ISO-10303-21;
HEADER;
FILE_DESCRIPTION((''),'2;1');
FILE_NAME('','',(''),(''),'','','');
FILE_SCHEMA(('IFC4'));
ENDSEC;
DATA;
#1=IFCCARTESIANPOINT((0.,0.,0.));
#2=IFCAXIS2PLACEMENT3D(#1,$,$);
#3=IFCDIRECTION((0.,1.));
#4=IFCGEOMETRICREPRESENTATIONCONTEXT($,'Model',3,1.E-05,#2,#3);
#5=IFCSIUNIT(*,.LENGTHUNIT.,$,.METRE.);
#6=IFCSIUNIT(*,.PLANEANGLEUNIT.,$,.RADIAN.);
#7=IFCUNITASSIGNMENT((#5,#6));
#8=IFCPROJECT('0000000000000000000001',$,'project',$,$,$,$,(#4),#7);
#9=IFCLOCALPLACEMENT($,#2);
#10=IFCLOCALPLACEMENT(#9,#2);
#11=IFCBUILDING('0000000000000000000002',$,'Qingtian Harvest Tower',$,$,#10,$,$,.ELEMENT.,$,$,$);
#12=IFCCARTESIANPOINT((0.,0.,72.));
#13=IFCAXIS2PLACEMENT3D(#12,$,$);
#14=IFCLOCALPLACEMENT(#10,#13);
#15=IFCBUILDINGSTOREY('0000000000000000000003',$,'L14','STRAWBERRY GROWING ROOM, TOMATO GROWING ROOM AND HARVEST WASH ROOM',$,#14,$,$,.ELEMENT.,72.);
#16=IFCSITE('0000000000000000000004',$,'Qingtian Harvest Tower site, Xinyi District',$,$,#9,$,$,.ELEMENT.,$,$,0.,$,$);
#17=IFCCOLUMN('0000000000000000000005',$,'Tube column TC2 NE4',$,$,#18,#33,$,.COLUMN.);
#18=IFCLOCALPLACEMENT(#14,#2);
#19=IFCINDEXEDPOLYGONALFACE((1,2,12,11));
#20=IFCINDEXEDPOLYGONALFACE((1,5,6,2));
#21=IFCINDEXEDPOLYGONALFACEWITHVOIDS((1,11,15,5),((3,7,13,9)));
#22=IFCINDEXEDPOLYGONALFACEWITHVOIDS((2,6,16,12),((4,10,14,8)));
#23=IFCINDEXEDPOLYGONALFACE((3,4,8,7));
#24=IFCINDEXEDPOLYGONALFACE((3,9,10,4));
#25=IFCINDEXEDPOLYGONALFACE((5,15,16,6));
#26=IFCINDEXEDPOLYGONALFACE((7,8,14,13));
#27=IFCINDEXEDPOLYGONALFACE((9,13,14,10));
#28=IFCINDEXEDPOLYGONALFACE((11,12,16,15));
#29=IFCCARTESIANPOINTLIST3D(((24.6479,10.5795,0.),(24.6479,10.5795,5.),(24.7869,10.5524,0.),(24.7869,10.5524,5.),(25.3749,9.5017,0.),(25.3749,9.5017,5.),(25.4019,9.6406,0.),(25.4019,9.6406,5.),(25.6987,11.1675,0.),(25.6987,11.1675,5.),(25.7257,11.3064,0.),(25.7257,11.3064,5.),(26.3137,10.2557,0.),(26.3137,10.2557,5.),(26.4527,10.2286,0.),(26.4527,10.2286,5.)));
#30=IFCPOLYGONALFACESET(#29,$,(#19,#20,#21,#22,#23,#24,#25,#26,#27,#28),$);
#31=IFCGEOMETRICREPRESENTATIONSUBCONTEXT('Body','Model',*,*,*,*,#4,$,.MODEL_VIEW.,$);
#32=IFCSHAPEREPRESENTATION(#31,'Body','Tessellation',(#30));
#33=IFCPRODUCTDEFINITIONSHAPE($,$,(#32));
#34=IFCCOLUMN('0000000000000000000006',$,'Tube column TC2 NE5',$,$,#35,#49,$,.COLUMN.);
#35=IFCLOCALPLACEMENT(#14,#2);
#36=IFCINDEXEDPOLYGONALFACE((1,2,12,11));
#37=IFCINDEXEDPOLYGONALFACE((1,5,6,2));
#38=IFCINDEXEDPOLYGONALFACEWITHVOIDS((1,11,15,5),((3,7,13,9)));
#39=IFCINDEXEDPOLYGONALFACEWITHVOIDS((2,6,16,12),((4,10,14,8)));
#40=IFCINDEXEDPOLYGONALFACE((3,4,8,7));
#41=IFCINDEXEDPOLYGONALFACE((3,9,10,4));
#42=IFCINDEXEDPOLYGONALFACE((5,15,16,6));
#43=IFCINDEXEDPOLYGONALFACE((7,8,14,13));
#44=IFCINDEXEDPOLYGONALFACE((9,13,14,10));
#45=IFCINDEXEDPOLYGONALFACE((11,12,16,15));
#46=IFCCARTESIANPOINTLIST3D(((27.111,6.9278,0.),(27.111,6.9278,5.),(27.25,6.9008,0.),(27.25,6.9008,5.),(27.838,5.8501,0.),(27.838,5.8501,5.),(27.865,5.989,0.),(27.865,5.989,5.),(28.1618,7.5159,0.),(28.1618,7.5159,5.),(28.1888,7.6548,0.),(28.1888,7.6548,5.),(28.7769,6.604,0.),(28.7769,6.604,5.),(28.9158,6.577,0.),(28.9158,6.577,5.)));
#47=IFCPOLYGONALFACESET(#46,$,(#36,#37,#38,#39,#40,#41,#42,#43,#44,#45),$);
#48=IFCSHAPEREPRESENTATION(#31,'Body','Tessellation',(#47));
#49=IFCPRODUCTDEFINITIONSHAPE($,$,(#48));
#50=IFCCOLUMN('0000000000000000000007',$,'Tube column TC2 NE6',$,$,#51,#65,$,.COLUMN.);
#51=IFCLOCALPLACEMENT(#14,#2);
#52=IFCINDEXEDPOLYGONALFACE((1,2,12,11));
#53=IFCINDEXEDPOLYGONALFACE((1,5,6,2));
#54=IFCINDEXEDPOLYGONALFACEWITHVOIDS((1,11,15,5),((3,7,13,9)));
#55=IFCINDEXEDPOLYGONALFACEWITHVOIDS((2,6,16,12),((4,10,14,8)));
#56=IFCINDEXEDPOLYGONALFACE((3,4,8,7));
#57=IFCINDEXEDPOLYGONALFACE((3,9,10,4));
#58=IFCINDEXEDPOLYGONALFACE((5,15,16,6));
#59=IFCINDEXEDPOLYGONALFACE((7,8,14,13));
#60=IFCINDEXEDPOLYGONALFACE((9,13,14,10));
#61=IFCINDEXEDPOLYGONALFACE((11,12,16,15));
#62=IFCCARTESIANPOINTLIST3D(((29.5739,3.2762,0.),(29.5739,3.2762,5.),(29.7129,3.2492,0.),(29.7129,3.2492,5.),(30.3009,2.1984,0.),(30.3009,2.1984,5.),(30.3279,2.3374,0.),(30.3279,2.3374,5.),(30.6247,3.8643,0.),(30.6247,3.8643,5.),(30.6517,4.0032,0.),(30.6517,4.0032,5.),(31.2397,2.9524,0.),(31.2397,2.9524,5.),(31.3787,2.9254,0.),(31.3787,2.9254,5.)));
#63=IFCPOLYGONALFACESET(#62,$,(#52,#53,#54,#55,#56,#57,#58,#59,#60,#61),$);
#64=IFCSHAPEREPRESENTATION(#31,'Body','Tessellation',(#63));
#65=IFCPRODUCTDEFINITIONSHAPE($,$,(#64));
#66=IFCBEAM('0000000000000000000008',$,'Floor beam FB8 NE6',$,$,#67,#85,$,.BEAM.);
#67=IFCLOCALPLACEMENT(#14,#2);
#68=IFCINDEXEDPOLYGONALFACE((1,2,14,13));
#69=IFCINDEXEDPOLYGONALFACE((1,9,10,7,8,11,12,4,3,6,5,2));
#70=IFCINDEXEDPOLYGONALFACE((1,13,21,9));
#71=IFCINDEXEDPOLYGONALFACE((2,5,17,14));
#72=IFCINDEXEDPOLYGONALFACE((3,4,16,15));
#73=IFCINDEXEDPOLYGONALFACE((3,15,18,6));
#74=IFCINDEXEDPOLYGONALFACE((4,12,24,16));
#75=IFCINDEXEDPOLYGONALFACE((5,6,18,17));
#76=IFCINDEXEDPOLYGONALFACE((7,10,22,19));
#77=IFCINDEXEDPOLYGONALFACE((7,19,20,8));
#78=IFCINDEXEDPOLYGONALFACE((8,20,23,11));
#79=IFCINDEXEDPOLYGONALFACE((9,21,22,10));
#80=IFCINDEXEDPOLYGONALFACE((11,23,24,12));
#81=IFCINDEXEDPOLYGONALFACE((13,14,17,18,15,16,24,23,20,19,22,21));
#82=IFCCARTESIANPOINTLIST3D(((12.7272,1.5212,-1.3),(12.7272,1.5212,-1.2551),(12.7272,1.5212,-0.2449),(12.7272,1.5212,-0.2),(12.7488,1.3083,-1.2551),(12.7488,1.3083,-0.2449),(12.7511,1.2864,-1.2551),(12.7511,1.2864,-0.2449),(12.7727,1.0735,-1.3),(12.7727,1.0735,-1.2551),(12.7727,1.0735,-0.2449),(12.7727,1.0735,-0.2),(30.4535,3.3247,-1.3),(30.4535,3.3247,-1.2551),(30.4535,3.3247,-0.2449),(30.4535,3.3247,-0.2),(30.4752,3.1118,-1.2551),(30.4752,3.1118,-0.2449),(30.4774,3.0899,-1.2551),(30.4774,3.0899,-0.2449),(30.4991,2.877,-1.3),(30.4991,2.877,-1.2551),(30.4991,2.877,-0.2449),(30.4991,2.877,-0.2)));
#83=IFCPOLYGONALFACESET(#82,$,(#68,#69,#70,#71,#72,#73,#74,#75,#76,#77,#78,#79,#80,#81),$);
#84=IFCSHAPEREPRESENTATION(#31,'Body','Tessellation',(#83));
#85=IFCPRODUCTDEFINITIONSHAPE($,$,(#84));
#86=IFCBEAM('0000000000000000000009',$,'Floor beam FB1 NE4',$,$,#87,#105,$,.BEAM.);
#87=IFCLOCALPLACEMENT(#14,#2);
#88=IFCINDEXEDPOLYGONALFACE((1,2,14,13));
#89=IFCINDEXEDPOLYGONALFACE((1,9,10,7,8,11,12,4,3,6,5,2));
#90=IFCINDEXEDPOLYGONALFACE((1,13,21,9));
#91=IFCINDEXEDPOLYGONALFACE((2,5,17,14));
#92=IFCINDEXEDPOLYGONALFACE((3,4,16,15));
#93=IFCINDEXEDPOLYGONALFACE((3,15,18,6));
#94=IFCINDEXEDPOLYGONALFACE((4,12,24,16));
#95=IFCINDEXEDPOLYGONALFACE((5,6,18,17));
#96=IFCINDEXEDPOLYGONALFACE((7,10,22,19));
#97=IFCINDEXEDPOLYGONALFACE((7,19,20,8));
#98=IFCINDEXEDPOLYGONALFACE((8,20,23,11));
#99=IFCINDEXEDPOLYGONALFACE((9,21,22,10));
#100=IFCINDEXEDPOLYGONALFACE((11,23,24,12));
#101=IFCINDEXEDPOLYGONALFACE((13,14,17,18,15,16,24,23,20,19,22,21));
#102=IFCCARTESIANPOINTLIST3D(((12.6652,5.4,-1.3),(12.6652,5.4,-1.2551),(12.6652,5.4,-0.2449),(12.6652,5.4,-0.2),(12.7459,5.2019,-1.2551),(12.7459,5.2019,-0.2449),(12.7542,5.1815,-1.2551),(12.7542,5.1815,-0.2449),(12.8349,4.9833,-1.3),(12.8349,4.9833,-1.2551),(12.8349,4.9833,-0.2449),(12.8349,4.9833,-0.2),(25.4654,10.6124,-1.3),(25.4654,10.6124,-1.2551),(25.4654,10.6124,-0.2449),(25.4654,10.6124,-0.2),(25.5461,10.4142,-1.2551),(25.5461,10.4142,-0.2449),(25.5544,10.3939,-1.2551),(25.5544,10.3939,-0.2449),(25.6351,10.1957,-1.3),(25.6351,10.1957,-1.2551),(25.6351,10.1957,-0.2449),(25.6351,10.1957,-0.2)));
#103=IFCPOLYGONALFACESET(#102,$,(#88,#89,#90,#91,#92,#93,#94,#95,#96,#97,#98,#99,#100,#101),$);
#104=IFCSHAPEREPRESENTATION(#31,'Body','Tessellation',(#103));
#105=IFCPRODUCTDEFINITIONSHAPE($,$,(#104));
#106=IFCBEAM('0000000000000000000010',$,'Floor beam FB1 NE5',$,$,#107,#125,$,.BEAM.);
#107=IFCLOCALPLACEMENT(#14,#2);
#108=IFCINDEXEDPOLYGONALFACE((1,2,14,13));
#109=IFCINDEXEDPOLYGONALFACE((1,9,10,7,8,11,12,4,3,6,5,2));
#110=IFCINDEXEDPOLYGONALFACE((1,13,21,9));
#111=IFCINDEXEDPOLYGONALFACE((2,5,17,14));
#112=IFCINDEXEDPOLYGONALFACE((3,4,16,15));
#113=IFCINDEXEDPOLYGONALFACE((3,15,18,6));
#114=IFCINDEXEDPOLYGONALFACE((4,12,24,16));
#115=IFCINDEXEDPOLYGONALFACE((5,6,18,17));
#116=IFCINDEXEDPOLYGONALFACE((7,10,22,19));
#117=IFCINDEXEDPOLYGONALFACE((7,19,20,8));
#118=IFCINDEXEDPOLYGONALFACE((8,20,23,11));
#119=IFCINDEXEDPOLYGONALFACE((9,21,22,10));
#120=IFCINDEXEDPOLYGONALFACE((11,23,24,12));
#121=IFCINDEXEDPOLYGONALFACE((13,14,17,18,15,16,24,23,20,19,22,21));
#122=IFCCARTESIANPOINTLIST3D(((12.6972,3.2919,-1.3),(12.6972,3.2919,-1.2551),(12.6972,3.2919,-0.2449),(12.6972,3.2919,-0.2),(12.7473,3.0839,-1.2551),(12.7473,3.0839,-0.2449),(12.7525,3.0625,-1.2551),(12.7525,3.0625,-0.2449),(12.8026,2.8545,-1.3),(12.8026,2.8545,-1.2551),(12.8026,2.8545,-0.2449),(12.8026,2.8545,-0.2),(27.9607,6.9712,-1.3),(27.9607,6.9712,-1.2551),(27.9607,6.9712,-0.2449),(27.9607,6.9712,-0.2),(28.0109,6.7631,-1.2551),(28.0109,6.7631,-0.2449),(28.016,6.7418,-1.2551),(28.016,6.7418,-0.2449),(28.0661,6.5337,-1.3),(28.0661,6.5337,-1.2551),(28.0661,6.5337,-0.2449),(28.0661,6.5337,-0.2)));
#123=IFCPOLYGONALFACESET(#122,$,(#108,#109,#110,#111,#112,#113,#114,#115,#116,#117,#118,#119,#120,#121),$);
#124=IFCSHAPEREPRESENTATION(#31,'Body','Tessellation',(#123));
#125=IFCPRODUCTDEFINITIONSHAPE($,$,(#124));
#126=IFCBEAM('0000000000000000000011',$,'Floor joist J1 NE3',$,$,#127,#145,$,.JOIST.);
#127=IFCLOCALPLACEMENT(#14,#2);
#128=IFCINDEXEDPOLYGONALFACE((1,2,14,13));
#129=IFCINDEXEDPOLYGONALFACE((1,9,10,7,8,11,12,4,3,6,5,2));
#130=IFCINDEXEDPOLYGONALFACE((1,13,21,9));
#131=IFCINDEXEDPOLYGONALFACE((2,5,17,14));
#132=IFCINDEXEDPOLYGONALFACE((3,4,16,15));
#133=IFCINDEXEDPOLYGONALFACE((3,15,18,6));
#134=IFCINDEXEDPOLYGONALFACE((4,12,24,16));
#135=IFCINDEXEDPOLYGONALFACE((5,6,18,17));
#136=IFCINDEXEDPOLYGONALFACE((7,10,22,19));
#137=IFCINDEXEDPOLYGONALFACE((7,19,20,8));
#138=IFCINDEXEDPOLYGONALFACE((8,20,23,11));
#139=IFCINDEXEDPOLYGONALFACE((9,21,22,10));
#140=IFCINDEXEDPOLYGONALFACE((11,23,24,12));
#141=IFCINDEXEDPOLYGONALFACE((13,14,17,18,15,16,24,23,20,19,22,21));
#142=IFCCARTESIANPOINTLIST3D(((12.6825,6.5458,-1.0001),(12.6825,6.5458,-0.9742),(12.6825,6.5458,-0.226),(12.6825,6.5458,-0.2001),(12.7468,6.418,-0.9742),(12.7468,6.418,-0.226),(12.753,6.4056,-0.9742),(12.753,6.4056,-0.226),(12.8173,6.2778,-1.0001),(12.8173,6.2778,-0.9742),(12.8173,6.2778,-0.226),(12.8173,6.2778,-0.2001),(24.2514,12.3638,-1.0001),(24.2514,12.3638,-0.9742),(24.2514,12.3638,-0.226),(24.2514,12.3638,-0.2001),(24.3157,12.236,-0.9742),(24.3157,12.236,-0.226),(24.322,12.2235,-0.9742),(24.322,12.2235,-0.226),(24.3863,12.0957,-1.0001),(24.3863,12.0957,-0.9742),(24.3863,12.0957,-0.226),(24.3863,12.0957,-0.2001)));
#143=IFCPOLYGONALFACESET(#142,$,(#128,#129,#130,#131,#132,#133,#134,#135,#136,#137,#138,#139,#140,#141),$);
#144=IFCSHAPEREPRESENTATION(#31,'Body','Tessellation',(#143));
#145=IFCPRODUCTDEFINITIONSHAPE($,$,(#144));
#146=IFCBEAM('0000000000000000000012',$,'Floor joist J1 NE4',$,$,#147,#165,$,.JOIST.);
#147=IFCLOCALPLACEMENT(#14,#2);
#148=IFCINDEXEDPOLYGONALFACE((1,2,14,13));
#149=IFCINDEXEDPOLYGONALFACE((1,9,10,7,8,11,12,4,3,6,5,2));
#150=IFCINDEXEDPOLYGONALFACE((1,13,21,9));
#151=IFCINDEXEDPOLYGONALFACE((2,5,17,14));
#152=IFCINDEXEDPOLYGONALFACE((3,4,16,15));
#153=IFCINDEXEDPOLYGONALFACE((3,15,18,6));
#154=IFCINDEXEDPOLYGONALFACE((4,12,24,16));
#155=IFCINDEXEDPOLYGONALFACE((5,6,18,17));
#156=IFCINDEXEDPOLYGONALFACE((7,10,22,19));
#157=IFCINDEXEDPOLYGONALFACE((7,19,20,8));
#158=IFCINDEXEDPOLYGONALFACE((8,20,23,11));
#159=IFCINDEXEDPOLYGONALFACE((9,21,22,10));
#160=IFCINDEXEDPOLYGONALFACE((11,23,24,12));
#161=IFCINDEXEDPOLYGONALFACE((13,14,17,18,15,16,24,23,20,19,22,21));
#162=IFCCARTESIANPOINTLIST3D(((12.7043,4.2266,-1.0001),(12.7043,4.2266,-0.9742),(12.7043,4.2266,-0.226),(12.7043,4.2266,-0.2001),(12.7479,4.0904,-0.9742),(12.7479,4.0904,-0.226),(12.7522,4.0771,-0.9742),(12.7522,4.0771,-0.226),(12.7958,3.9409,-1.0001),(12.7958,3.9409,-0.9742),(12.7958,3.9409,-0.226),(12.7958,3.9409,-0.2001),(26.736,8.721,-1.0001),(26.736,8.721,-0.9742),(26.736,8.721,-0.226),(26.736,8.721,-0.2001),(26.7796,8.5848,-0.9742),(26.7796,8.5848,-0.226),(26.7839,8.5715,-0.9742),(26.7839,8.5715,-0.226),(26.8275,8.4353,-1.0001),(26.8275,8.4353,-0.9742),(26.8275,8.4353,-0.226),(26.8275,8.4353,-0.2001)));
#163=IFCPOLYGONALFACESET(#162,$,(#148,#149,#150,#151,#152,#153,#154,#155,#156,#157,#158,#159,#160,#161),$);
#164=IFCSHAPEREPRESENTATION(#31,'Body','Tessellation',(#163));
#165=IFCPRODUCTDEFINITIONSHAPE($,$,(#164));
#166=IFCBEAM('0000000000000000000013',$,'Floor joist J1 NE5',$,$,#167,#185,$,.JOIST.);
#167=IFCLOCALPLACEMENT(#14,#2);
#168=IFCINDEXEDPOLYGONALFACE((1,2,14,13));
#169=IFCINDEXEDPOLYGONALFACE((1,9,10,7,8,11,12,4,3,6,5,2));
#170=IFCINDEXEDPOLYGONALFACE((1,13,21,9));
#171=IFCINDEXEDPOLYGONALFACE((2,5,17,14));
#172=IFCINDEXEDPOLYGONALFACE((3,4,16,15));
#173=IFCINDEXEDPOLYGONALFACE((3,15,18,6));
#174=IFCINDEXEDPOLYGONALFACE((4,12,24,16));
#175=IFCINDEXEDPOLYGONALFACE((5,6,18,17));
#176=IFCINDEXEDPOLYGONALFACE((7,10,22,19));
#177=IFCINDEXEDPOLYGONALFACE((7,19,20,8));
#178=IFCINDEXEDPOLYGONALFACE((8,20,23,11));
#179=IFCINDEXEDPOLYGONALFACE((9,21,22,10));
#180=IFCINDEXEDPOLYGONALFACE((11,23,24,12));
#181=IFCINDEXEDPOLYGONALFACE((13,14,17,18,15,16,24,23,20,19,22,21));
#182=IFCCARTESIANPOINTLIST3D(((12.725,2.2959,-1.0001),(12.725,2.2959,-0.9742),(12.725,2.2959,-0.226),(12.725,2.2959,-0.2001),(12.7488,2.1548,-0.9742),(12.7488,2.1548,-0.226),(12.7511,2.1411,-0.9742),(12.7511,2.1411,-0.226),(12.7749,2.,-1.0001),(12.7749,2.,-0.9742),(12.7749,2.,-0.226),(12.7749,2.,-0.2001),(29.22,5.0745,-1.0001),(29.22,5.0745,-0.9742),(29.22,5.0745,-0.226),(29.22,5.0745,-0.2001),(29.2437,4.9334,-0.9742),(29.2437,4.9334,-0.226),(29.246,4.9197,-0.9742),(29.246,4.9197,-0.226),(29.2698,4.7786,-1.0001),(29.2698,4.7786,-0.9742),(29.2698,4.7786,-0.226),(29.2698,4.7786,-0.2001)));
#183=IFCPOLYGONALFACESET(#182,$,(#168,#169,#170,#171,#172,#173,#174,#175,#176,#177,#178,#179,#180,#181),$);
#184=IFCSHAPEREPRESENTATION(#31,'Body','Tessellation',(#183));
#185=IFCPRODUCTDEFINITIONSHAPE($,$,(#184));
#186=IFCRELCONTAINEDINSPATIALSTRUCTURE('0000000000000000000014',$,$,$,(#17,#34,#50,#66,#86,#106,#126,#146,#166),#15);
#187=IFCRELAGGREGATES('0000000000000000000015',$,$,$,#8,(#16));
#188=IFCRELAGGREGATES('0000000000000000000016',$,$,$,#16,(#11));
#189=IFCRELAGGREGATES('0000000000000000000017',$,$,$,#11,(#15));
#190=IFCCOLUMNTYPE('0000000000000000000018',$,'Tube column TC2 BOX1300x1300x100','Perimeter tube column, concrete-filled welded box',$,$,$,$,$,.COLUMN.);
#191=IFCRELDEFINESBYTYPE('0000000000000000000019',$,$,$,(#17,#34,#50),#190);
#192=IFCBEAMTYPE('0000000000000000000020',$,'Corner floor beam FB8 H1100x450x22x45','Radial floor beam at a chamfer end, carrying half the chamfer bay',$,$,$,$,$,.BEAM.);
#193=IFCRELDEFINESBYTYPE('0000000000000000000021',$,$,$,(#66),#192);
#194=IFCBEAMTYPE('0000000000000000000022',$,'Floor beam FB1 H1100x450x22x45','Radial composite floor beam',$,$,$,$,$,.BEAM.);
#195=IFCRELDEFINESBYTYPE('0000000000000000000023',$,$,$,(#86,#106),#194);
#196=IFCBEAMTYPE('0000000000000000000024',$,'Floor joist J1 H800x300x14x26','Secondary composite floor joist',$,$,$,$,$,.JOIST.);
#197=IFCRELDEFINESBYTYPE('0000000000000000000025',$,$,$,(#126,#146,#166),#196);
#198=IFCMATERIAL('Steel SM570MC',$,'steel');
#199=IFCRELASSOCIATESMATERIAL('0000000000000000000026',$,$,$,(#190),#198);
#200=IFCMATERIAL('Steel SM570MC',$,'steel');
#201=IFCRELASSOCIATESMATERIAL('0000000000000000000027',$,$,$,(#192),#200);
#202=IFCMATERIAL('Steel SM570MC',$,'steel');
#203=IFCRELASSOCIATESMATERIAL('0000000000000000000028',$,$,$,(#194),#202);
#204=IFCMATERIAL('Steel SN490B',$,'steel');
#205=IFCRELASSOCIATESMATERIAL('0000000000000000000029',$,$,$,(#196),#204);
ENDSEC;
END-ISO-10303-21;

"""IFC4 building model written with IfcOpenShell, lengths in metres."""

from ifc_helpers import new_model, si_unit, direction, frame, origin, origin_2d, place, context, subcontext, project, spatial, hollow_rectangle, i_section, extrude, material, material_profile, profile_set, type_object, element, save


model = new_model("IFC4")

# Units and contexts
model_context = context("Model", 3, precision=1e-05, world=origin(), true_north=direction((0.0, 1.0)))
body_context = subcontext(model_context, "Body", "Model", "MODEL_VIEW")
ifc_project = project(units=[si_unit("LENGTHUNIT", "METRE"), si_unit("PLANEANGLEUNIT", "RADIAN")], contexts=[model_context])

# Site, building, storey
site_placement = place(None, origin())
site = spatial("IfcSite", under=ifc_project, at=site_placement, Name="Qingtian Harvest Tower site, Xinyi District", CompositionType="ELEMENT", RefElevation=0.0)
building_placement = place(site_placement, origin())
building = spatial("IfcBuilding", under=site, at=building_placement, Name="Qingtian Harvest Tower", CompositionType="ELEMENT")
storey_placement = place(building_placement, frame((0.0, 0.0, 72.0)))
storey = spatial("IfcBuildingStorey", under=building, at=storey_placement, Name="L14", Description="STRAWBERRY GROWING ROOM, TOMATO GROWING ROOM AND HARVEST WASH ROOM", CompositionType="ELEMENT", Elevation=72.0)

# Columns
ifc_material_1 = material(Name="Steel SM570MC", Category="steel")
ifc_material_profile_1 = material_profile(ifc_material_1, hollow_rectangle(XDim=1.3, YDim=1.3, WallThickness=0.1001, at=origin_2d()), Name="BOX1300x1300x100")
ifc_profile_set_1 = profile_set([ifc_material_profile_1], Name="Steel SM570MC")
column_type = type_object("IfcColumnType", Name="Tube column TC2 BOX1300x1300x100", Description="Perimeter tube column, concrete-filled welded box", PredefinedType="COLUMN", material=ifc_profile_set_1)
for number, where, z_axis, x_axis, name in (
    (1, (25.5503, 10.4041, 0.0), (0.0, 0.0, 1.0), (-0.559193, 0.829038, 0.0), "Tube column TC2 NE4"),
    (2, (28.0134, 6.7524, 0.0), (0.0, 0.0, 1.0), (-0.559193, 0.829038, 0.0), "Tube column TC2 NE5"),
    (3, (30.4763, 3.1008, 0.0), (0.0, 0.0, 1.0), (-0.559193, 0.829038, 0.0), "Tube column TC2 NE6"),
):
    element("IfcColumn", number, at=place(storey_placement, frame(where, z_axis=z_axis, x_axis=x_axis)), inside=storey, type_object=column_type, Name=name, PredefinedType="COLUMN", context=body_context, shape_type="SweptSolid", body=[
        extrude(hollow_rectangle(XDim=1.3, YDim=1.3, WallThickness=0.1001, at=origin_2d()), origin(), (0.0, 0.0, 1.0), 5.0),
    ])

# Beams
ifc_material_2 = material(Name="Steel SM570MC", Category="steel")
ifc_material_profile_2 = material_profile(ifc_material_2, i_section(OverallWidth=0.45, OverallDepth=1.1001, WebThickness=0.022, FlangeThickness=0.0449, at=origin_2d()), Name="H1100x450x22x45")
ifc_profile_set_2 = profile_set([ifc_material_profile_2], Name="Steel SM570MC")
beam_type_1 = type_object("IfcBeamType", Name="Corner floor beam FB8 H1100x450x22x45", Description="Radial floor beam at a chamfer end, carrying half the chamfer bay", PredefinedType="BEAM", material=ifc_profile_set_2)
beam_1_placement = place(storey_placement, frame((30.4763, 3.1008, -0.75), z_axis=(-0.994864, -0.101217, 0.0), x_axis=(0.101217, -0.994864, 0.0)))
element("IfcBeam", 4, at=beam_1_placement, inside=storey, type_object=beam_type_1, Name="Floor beam FB8 NE6", PredefinedType="BEAM", context=body_context, shape_type="SweptSolid", body=[
    extrude(i_section(OverallWidth=0.45, OverallDepth=1.1001, WebThickness=0.022, FlangeThickness=0.0449, at=origin_2d()), origin(), (0.0, 0.0, 1.0), 17.8179),
])
ifc_material_3 = material(Name="Steel SM570MC", Category="steel")
ifc_material_profile_3 = material_profile(ifc_material_3, i_section(OverallWidth=0.45, OverallDepth=1.1001, WebThickness=0.022, FlangeThickness=0.0449, at=origin_2d()), Name="H1100x450x22x45")
ifc_profile_set_3 = profile_set([ifc_material_profile_3], Name="Steel SM570MC")
beam_type_2 = type_object("IfcBeamType", Name="Floor beam FB1 H1100x450x22x45", Description="Radial composite floor beam", PredefinedType="BEAM", material=ifc_profile_set_3)
beam_2_placement = place(storey_placement, frame((25.5503, 10.4041, -0.75), z_axis=(-0.926156, -0.37714, 0.0), x_axis=(0.37714, -0.926156, 0.0)))
element("IfcBeam", 5, at=beam_2_placement, inside=storey, type_object=beam_type_2, Name="Floor beam FB1 NE4", PredefinedType="BEAM", context=body_context, shape_type="SweptSolid", body=[
    extrude(i_section(OverallWidth=0.45, OverallDepth=1.1001, WebThickness=0.022, FlangeThickness=0.0449, at=origin_2d()), origin(), (0.0, 0.0, 1.0), 13.8208),
])
beam_3_placement = place(storey_placement, frame((28.0134, 6.7524, -0.75), z_axis=(-0.972156, -0.234335, 0.0), x_axis=(0.234335, -0.972156, 0.0)))
element("IfcBeam", 6, at=beam_3_placement, inside=storey, type_object=beam_type_2, Name="Floor beam FB1 NE5", PredefinedType="BEAM", context=body_context, shape_type="SweptSolid", body=[
    extrude(i_section(OverallWidth=0.45, OverallDepth=1.1001, WebThickness=0.022, FlangeThickness=0.0449, at=origin_2d()), origin(), (0.0, 0.0, 1.0), 15.7007),
])
ifc_material_4 = material(Name="Steel SN490B", Category="steel")
ifc_material_profile_4 = material_profile(ifc_material_4, i_section(OverallWidth=0.3, OverallDepth=0.8, WebThickness=0.0139, FlangeThickness=0.0259, at=origin_2d()), Name="H800x300x14x26")
ifc_profile_set_4 = profile_set([ifc_material_profile_4], Name="Steel SN490B")
beam_type_3 = type_object("IfcBeamType", Name="Floor joist J1 H800x300x14x26", Description="Secondary composite floor joist", PredefinedType="JOIST", material=ifc_profile_set_4)
beam_4_placement = place(storey_placement, frame((24.3188, 12.2297, -0.6001), z_axis=(-0.893392, -0.449279, 0.0), x_axis=(0.449279, -0.893392, 0.0)))
element("IfcBeam", 7, at=beam_4_placement, inside=storey, type_object=beam_type_3, Name="Floor joist J1 NE3", PredefinedType="JOIST", context=body_context, shape_type="SweptSolid", body=[
    extrude(i_section(OverallWidth=0.3, OverallDepth=0.8, WebThickness=0.0139, FlangeThickness=0.0259, at=origin_2d()), origin(), (0.0, 0.0, 1.0), 12.9495),
])
beam_5_placement = place(storey_placement, frame((26.7817, 8.5781, -0.6001), z_axis=(-0.952341, -0.305036, 0.0), x_axis=(0.305036, -0.952341, 0.0)))
element("IfcBeam", 8, at=beam_5_placement, inside=storey, type_object=beam_type_3, Name="Floor joist J1 NE4", PredefinedType="JOIST", context=body_context, shape_type="SweptSolid", body=[
    extrude(i_section(OverallWidth=0.3, OverallDepth=0.8, WebThickness=0.0139, FlangeThickness=0.0259, at=origin_2d()), origin(), (0.0, 0.0, 1.0), 14.7339),
])
beam_6_placement = place(storey_placement, frame((29.2449, 4.9265, -0.6001), z_axis=(-0.986107, -0.16611, 0.0), x_axis=(0.16611, -0.986107, 0.0)))
element("IfcBeam", 9, at=beam_6_placement, inside=storey, type_object=beam_type_3, Name="Floor joist J1 NE5", PredefinedType="JOIST", context=body_context, shape_type="SweptSolid", body=[
    extrude(i_section(OverallWidth=0.3, OverallDepth=0.8, WebThickness=0.0139, FlangeThickness=0.0259, at=origin_2d()), origin(), (0.0, 0.0, 1.0), 16.7273),
])

save(model, "model.ifc")
